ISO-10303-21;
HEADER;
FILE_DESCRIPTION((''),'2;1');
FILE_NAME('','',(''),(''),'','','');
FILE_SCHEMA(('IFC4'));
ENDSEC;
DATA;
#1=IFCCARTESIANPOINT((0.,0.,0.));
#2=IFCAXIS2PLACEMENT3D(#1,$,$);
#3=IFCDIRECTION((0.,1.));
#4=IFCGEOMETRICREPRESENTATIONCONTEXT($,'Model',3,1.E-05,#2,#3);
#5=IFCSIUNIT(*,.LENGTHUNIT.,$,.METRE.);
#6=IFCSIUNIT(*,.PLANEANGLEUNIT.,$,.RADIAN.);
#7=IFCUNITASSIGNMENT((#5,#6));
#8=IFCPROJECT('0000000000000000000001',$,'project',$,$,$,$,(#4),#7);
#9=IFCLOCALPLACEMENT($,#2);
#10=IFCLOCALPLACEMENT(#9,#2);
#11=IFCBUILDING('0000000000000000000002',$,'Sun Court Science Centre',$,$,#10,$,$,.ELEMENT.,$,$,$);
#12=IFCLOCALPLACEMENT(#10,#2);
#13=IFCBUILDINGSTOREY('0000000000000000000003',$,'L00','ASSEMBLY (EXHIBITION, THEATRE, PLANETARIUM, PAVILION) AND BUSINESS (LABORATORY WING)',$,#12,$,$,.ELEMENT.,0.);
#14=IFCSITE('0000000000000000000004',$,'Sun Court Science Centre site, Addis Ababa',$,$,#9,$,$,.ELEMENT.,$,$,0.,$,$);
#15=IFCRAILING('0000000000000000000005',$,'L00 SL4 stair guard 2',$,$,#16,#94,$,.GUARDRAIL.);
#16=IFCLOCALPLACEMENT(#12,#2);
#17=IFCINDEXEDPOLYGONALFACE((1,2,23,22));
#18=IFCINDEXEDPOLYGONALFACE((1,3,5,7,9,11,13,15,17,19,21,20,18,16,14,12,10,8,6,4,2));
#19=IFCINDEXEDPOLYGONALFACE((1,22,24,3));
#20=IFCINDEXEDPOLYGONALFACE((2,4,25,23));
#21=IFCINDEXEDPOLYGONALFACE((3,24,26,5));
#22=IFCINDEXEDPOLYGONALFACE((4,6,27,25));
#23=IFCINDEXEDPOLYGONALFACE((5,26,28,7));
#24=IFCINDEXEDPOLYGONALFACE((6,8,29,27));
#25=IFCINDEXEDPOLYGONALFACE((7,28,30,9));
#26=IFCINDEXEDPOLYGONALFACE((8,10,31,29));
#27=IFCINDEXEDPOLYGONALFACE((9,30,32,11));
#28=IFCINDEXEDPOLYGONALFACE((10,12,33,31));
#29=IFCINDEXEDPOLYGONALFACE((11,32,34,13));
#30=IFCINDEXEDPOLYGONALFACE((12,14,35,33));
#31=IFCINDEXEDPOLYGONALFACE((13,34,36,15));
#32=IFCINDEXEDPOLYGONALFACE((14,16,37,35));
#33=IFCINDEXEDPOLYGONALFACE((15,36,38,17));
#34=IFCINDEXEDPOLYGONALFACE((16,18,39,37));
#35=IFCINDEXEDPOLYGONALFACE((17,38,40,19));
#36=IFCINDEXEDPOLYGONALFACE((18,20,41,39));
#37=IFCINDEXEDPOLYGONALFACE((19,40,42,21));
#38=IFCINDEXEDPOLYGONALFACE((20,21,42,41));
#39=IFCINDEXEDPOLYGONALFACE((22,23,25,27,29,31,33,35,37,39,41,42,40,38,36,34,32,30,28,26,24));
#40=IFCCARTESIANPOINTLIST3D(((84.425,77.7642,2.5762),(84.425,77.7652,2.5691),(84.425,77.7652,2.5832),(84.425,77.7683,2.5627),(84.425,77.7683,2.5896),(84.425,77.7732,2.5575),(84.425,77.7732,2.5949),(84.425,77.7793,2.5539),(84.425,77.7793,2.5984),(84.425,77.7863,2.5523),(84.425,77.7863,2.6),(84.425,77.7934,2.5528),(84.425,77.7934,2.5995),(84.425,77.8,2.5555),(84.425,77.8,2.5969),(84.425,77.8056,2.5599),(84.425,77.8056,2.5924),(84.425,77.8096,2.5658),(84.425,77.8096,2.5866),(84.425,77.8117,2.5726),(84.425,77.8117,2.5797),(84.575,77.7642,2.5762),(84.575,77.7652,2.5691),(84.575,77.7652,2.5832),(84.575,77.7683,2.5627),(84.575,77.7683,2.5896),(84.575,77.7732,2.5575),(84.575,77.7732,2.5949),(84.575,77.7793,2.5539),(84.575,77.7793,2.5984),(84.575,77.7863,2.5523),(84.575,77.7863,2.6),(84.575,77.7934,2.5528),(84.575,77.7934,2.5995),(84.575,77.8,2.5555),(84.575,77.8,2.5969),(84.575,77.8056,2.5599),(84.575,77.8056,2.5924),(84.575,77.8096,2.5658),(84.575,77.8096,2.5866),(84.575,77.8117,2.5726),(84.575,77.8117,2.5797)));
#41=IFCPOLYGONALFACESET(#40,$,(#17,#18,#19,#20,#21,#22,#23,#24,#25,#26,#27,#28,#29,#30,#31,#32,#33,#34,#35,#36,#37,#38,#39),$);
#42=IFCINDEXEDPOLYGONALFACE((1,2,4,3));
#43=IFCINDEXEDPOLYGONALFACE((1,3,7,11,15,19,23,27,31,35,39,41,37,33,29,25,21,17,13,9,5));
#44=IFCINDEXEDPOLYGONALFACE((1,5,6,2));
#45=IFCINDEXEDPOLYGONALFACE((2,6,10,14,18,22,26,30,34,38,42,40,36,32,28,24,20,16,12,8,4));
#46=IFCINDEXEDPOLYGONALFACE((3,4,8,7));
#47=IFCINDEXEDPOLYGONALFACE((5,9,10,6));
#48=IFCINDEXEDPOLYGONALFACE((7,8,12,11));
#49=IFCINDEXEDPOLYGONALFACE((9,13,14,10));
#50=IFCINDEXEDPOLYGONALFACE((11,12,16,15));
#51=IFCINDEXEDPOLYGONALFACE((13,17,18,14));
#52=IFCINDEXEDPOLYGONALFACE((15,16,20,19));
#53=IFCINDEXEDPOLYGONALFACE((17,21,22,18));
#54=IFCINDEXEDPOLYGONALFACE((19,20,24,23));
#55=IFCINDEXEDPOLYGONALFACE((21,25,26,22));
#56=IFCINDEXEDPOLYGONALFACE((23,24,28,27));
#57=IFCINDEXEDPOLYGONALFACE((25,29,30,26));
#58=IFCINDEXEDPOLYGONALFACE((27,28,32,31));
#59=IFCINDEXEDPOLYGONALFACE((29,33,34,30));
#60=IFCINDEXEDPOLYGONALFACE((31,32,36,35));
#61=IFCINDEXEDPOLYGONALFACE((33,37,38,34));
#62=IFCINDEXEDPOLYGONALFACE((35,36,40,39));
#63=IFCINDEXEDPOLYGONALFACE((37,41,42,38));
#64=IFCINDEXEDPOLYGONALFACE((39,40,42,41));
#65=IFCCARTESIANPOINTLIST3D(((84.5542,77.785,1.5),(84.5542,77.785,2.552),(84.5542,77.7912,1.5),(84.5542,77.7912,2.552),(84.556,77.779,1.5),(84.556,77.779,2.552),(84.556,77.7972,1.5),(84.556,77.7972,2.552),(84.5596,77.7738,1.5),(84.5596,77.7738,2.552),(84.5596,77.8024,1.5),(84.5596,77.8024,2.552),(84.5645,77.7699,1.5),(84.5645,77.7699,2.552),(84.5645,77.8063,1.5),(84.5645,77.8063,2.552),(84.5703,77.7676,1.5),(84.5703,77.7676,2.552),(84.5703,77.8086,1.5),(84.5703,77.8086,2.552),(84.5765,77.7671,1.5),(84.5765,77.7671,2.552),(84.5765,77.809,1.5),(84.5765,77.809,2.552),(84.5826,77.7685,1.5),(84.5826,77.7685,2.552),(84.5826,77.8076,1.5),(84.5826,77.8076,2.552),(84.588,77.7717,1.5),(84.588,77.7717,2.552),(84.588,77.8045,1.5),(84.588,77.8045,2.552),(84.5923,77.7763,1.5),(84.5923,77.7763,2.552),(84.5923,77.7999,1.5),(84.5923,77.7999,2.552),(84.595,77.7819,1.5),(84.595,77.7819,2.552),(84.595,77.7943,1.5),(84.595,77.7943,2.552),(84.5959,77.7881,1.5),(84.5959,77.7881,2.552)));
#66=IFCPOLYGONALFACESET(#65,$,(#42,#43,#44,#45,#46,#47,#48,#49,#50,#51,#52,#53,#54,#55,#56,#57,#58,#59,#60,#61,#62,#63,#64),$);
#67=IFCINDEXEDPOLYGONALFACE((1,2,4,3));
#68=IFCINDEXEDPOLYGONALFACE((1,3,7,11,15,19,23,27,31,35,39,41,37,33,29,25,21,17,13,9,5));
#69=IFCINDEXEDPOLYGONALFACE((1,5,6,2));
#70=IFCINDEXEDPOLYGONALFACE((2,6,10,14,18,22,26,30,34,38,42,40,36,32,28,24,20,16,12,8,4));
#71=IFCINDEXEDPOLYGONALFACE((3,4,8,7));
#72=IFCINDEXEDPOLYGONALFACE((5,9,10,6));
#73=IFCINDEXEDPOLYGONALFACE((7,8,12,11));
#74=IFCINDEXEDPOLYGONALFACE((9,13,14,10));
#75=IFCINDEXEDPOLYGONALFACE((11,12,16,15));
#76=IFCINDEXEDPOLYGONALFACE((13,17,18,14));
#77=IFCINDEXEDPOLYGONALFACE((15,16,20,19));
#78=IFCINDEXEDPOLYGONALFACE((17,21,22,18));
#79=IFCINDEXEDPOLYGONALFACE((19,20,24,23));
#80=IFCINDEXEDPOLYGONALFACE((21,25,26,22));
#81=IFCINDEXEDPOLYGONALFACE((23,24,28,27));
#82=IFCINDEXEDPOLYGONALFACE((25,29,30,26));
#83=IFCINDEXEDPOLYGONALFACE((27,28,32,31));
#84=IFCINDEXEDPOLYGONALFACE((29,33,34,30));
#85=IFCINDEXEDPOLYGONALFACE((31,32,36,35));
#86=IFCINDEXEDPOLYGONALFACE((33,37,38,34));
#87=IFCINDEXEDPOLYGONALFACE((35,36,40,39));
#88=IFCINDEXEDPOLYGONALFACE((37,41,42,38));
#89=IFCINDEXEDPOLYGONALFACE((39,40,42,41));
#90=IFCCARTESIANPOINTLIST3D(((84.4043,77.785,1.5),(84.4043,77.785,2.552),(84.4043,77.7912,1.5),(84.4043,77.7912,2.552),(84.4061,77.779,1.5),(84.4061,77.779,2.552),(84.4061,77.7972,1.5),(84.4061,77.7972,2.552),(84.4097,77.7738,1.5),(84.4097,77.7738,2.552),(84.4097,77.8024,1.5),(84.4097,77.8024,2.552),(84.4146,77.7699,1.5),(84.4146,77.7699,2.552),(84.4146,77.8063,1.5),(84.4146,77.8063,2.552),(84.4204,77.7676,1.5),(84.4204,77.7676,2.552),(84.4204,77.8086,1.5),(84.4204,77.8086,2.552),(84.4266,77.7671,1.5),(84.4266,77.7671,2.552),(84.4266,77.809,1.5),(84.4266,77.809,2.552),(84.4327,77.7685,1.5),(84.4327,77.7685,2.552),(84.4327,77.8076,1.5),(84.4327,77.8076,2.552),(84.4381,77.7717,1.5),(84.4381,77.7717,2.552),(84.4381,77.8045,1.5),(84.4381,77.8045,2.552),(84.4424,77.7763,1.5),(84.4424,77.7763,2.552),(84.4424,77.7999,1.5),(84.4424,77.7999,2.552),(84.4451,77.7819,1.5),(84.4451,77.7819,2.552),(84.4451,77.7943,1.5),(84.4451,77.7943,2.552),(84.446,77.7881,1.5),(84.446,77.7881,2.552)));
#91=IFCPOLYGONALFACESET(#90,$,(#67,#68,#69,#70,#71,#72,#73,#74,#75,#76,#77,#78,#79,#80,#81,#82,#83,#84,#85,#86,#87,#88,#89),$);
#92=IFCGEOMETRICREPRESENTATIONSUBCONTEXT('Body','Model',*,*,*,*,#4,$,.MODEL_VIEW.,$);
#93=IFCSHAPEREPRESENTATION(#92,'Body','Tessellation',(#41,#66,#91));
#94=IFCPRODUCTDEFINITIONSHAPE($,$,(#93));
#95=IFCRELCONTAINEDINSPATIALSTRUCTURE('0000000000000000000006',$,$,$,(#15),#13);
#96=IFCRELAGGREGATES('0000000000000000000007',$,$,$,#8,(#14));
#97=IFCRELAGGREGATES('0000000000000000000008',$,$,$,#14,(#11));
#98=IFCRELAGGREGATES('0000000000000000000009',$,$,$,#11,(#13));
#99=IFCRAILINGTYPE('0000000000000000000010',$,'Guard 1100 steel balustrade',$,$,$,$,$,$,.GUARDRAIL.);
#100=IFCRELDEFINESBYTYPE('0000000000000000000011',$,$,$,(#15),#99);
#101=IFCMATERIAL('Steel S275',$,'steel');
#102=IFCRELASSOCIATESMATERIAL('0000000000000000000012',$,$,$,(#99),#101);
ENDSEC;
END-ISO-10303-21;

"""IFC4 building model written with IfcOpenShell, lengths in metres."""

from ifc_helpers import new_model, si_unit, direction, frame, origin, origin_2d, place, context, subcontext, project, spatial, circle, extrude, material, type_object, element, save


model = new_model("IFC4")

# Units and contexts
model_context = context("Model", 3, precision=1e-05, world=origin(), true_north=direction((0.0, 1.0)))
body_context = subcontext(model_context, "Body", "Model", "MODEL_VIEW")
ifc_project = project(units=[si_unit("LENGTHUNIT", "METRE"), si_unit("PLANEANGLEUNIT", "RADIAN")], contexts=[model_context])

# Site, building, storey
site_placement = place(None, origin())
site = spatial("IfcSite", under=ifc_project, at=site_placement, Name="Sun Court Science Centre site, Addis Ababa", CompositionType="ELEMENT", RefElevation=0.0)
building_placement = place(site_placement, origin())
building = spatial("IfcBuilding", under=site, at=building_placement, Name="Sun Court Science Centre", CompositionType="ELEMENT")
storey_placement = place(building_placement, origin())
storey = spatial("IfcBuildingStorey", under=building, at=storey_placement, Name="L00", Description="ASSEMBLY (EXHIBITION, THEATRE, PLANETARIUM, PAVILION) AND BUSINESS (LABORATORY WING)", CompositionType="ELEMENT", Elevation=0.0)

# Railing
ifc_material_1 = material(Name="Steel S275", Category="steel")
railing_type_1 = type_object("IfcRailingType", Name="Guard 1100 steel balustrade", PredefinedType="GUARDRAIL", material=ifc_material_1)
railing_1_placement = place(storey_placement, frame((84.575, 77.7881, 1.5)))
element("IfcRailing", 1, at=railing_1_placement, inside=storey, type_object=railing_type_1, Name="L00 SL4 stair guard 2", PredefinedType="GUARDRAIL", context=body_context, shape_type="SweptSolid", body=[
    extrude(circle(Radius=0.0239, at=origin_2d()), frame((0.0, 0.0, 1.0762), z_axis=(-1.0, 0.0, 0.0), x_axis=(0.0, -1.0, 0.0)), (0.0, 0.0, 1.0), 0.1499),
    extrude(circle(Radius=0.021, at=origin_2d()), origin(), (0.0, 0.0, 1.0), 1.052),
    extrude(circle(Radius=0.021, at=origin_2d()), frame((-0.1499, 0.0, 0.0)), (0.0, 0.0, 1.0), 1.052),
])

save(model, "model.ifc")
